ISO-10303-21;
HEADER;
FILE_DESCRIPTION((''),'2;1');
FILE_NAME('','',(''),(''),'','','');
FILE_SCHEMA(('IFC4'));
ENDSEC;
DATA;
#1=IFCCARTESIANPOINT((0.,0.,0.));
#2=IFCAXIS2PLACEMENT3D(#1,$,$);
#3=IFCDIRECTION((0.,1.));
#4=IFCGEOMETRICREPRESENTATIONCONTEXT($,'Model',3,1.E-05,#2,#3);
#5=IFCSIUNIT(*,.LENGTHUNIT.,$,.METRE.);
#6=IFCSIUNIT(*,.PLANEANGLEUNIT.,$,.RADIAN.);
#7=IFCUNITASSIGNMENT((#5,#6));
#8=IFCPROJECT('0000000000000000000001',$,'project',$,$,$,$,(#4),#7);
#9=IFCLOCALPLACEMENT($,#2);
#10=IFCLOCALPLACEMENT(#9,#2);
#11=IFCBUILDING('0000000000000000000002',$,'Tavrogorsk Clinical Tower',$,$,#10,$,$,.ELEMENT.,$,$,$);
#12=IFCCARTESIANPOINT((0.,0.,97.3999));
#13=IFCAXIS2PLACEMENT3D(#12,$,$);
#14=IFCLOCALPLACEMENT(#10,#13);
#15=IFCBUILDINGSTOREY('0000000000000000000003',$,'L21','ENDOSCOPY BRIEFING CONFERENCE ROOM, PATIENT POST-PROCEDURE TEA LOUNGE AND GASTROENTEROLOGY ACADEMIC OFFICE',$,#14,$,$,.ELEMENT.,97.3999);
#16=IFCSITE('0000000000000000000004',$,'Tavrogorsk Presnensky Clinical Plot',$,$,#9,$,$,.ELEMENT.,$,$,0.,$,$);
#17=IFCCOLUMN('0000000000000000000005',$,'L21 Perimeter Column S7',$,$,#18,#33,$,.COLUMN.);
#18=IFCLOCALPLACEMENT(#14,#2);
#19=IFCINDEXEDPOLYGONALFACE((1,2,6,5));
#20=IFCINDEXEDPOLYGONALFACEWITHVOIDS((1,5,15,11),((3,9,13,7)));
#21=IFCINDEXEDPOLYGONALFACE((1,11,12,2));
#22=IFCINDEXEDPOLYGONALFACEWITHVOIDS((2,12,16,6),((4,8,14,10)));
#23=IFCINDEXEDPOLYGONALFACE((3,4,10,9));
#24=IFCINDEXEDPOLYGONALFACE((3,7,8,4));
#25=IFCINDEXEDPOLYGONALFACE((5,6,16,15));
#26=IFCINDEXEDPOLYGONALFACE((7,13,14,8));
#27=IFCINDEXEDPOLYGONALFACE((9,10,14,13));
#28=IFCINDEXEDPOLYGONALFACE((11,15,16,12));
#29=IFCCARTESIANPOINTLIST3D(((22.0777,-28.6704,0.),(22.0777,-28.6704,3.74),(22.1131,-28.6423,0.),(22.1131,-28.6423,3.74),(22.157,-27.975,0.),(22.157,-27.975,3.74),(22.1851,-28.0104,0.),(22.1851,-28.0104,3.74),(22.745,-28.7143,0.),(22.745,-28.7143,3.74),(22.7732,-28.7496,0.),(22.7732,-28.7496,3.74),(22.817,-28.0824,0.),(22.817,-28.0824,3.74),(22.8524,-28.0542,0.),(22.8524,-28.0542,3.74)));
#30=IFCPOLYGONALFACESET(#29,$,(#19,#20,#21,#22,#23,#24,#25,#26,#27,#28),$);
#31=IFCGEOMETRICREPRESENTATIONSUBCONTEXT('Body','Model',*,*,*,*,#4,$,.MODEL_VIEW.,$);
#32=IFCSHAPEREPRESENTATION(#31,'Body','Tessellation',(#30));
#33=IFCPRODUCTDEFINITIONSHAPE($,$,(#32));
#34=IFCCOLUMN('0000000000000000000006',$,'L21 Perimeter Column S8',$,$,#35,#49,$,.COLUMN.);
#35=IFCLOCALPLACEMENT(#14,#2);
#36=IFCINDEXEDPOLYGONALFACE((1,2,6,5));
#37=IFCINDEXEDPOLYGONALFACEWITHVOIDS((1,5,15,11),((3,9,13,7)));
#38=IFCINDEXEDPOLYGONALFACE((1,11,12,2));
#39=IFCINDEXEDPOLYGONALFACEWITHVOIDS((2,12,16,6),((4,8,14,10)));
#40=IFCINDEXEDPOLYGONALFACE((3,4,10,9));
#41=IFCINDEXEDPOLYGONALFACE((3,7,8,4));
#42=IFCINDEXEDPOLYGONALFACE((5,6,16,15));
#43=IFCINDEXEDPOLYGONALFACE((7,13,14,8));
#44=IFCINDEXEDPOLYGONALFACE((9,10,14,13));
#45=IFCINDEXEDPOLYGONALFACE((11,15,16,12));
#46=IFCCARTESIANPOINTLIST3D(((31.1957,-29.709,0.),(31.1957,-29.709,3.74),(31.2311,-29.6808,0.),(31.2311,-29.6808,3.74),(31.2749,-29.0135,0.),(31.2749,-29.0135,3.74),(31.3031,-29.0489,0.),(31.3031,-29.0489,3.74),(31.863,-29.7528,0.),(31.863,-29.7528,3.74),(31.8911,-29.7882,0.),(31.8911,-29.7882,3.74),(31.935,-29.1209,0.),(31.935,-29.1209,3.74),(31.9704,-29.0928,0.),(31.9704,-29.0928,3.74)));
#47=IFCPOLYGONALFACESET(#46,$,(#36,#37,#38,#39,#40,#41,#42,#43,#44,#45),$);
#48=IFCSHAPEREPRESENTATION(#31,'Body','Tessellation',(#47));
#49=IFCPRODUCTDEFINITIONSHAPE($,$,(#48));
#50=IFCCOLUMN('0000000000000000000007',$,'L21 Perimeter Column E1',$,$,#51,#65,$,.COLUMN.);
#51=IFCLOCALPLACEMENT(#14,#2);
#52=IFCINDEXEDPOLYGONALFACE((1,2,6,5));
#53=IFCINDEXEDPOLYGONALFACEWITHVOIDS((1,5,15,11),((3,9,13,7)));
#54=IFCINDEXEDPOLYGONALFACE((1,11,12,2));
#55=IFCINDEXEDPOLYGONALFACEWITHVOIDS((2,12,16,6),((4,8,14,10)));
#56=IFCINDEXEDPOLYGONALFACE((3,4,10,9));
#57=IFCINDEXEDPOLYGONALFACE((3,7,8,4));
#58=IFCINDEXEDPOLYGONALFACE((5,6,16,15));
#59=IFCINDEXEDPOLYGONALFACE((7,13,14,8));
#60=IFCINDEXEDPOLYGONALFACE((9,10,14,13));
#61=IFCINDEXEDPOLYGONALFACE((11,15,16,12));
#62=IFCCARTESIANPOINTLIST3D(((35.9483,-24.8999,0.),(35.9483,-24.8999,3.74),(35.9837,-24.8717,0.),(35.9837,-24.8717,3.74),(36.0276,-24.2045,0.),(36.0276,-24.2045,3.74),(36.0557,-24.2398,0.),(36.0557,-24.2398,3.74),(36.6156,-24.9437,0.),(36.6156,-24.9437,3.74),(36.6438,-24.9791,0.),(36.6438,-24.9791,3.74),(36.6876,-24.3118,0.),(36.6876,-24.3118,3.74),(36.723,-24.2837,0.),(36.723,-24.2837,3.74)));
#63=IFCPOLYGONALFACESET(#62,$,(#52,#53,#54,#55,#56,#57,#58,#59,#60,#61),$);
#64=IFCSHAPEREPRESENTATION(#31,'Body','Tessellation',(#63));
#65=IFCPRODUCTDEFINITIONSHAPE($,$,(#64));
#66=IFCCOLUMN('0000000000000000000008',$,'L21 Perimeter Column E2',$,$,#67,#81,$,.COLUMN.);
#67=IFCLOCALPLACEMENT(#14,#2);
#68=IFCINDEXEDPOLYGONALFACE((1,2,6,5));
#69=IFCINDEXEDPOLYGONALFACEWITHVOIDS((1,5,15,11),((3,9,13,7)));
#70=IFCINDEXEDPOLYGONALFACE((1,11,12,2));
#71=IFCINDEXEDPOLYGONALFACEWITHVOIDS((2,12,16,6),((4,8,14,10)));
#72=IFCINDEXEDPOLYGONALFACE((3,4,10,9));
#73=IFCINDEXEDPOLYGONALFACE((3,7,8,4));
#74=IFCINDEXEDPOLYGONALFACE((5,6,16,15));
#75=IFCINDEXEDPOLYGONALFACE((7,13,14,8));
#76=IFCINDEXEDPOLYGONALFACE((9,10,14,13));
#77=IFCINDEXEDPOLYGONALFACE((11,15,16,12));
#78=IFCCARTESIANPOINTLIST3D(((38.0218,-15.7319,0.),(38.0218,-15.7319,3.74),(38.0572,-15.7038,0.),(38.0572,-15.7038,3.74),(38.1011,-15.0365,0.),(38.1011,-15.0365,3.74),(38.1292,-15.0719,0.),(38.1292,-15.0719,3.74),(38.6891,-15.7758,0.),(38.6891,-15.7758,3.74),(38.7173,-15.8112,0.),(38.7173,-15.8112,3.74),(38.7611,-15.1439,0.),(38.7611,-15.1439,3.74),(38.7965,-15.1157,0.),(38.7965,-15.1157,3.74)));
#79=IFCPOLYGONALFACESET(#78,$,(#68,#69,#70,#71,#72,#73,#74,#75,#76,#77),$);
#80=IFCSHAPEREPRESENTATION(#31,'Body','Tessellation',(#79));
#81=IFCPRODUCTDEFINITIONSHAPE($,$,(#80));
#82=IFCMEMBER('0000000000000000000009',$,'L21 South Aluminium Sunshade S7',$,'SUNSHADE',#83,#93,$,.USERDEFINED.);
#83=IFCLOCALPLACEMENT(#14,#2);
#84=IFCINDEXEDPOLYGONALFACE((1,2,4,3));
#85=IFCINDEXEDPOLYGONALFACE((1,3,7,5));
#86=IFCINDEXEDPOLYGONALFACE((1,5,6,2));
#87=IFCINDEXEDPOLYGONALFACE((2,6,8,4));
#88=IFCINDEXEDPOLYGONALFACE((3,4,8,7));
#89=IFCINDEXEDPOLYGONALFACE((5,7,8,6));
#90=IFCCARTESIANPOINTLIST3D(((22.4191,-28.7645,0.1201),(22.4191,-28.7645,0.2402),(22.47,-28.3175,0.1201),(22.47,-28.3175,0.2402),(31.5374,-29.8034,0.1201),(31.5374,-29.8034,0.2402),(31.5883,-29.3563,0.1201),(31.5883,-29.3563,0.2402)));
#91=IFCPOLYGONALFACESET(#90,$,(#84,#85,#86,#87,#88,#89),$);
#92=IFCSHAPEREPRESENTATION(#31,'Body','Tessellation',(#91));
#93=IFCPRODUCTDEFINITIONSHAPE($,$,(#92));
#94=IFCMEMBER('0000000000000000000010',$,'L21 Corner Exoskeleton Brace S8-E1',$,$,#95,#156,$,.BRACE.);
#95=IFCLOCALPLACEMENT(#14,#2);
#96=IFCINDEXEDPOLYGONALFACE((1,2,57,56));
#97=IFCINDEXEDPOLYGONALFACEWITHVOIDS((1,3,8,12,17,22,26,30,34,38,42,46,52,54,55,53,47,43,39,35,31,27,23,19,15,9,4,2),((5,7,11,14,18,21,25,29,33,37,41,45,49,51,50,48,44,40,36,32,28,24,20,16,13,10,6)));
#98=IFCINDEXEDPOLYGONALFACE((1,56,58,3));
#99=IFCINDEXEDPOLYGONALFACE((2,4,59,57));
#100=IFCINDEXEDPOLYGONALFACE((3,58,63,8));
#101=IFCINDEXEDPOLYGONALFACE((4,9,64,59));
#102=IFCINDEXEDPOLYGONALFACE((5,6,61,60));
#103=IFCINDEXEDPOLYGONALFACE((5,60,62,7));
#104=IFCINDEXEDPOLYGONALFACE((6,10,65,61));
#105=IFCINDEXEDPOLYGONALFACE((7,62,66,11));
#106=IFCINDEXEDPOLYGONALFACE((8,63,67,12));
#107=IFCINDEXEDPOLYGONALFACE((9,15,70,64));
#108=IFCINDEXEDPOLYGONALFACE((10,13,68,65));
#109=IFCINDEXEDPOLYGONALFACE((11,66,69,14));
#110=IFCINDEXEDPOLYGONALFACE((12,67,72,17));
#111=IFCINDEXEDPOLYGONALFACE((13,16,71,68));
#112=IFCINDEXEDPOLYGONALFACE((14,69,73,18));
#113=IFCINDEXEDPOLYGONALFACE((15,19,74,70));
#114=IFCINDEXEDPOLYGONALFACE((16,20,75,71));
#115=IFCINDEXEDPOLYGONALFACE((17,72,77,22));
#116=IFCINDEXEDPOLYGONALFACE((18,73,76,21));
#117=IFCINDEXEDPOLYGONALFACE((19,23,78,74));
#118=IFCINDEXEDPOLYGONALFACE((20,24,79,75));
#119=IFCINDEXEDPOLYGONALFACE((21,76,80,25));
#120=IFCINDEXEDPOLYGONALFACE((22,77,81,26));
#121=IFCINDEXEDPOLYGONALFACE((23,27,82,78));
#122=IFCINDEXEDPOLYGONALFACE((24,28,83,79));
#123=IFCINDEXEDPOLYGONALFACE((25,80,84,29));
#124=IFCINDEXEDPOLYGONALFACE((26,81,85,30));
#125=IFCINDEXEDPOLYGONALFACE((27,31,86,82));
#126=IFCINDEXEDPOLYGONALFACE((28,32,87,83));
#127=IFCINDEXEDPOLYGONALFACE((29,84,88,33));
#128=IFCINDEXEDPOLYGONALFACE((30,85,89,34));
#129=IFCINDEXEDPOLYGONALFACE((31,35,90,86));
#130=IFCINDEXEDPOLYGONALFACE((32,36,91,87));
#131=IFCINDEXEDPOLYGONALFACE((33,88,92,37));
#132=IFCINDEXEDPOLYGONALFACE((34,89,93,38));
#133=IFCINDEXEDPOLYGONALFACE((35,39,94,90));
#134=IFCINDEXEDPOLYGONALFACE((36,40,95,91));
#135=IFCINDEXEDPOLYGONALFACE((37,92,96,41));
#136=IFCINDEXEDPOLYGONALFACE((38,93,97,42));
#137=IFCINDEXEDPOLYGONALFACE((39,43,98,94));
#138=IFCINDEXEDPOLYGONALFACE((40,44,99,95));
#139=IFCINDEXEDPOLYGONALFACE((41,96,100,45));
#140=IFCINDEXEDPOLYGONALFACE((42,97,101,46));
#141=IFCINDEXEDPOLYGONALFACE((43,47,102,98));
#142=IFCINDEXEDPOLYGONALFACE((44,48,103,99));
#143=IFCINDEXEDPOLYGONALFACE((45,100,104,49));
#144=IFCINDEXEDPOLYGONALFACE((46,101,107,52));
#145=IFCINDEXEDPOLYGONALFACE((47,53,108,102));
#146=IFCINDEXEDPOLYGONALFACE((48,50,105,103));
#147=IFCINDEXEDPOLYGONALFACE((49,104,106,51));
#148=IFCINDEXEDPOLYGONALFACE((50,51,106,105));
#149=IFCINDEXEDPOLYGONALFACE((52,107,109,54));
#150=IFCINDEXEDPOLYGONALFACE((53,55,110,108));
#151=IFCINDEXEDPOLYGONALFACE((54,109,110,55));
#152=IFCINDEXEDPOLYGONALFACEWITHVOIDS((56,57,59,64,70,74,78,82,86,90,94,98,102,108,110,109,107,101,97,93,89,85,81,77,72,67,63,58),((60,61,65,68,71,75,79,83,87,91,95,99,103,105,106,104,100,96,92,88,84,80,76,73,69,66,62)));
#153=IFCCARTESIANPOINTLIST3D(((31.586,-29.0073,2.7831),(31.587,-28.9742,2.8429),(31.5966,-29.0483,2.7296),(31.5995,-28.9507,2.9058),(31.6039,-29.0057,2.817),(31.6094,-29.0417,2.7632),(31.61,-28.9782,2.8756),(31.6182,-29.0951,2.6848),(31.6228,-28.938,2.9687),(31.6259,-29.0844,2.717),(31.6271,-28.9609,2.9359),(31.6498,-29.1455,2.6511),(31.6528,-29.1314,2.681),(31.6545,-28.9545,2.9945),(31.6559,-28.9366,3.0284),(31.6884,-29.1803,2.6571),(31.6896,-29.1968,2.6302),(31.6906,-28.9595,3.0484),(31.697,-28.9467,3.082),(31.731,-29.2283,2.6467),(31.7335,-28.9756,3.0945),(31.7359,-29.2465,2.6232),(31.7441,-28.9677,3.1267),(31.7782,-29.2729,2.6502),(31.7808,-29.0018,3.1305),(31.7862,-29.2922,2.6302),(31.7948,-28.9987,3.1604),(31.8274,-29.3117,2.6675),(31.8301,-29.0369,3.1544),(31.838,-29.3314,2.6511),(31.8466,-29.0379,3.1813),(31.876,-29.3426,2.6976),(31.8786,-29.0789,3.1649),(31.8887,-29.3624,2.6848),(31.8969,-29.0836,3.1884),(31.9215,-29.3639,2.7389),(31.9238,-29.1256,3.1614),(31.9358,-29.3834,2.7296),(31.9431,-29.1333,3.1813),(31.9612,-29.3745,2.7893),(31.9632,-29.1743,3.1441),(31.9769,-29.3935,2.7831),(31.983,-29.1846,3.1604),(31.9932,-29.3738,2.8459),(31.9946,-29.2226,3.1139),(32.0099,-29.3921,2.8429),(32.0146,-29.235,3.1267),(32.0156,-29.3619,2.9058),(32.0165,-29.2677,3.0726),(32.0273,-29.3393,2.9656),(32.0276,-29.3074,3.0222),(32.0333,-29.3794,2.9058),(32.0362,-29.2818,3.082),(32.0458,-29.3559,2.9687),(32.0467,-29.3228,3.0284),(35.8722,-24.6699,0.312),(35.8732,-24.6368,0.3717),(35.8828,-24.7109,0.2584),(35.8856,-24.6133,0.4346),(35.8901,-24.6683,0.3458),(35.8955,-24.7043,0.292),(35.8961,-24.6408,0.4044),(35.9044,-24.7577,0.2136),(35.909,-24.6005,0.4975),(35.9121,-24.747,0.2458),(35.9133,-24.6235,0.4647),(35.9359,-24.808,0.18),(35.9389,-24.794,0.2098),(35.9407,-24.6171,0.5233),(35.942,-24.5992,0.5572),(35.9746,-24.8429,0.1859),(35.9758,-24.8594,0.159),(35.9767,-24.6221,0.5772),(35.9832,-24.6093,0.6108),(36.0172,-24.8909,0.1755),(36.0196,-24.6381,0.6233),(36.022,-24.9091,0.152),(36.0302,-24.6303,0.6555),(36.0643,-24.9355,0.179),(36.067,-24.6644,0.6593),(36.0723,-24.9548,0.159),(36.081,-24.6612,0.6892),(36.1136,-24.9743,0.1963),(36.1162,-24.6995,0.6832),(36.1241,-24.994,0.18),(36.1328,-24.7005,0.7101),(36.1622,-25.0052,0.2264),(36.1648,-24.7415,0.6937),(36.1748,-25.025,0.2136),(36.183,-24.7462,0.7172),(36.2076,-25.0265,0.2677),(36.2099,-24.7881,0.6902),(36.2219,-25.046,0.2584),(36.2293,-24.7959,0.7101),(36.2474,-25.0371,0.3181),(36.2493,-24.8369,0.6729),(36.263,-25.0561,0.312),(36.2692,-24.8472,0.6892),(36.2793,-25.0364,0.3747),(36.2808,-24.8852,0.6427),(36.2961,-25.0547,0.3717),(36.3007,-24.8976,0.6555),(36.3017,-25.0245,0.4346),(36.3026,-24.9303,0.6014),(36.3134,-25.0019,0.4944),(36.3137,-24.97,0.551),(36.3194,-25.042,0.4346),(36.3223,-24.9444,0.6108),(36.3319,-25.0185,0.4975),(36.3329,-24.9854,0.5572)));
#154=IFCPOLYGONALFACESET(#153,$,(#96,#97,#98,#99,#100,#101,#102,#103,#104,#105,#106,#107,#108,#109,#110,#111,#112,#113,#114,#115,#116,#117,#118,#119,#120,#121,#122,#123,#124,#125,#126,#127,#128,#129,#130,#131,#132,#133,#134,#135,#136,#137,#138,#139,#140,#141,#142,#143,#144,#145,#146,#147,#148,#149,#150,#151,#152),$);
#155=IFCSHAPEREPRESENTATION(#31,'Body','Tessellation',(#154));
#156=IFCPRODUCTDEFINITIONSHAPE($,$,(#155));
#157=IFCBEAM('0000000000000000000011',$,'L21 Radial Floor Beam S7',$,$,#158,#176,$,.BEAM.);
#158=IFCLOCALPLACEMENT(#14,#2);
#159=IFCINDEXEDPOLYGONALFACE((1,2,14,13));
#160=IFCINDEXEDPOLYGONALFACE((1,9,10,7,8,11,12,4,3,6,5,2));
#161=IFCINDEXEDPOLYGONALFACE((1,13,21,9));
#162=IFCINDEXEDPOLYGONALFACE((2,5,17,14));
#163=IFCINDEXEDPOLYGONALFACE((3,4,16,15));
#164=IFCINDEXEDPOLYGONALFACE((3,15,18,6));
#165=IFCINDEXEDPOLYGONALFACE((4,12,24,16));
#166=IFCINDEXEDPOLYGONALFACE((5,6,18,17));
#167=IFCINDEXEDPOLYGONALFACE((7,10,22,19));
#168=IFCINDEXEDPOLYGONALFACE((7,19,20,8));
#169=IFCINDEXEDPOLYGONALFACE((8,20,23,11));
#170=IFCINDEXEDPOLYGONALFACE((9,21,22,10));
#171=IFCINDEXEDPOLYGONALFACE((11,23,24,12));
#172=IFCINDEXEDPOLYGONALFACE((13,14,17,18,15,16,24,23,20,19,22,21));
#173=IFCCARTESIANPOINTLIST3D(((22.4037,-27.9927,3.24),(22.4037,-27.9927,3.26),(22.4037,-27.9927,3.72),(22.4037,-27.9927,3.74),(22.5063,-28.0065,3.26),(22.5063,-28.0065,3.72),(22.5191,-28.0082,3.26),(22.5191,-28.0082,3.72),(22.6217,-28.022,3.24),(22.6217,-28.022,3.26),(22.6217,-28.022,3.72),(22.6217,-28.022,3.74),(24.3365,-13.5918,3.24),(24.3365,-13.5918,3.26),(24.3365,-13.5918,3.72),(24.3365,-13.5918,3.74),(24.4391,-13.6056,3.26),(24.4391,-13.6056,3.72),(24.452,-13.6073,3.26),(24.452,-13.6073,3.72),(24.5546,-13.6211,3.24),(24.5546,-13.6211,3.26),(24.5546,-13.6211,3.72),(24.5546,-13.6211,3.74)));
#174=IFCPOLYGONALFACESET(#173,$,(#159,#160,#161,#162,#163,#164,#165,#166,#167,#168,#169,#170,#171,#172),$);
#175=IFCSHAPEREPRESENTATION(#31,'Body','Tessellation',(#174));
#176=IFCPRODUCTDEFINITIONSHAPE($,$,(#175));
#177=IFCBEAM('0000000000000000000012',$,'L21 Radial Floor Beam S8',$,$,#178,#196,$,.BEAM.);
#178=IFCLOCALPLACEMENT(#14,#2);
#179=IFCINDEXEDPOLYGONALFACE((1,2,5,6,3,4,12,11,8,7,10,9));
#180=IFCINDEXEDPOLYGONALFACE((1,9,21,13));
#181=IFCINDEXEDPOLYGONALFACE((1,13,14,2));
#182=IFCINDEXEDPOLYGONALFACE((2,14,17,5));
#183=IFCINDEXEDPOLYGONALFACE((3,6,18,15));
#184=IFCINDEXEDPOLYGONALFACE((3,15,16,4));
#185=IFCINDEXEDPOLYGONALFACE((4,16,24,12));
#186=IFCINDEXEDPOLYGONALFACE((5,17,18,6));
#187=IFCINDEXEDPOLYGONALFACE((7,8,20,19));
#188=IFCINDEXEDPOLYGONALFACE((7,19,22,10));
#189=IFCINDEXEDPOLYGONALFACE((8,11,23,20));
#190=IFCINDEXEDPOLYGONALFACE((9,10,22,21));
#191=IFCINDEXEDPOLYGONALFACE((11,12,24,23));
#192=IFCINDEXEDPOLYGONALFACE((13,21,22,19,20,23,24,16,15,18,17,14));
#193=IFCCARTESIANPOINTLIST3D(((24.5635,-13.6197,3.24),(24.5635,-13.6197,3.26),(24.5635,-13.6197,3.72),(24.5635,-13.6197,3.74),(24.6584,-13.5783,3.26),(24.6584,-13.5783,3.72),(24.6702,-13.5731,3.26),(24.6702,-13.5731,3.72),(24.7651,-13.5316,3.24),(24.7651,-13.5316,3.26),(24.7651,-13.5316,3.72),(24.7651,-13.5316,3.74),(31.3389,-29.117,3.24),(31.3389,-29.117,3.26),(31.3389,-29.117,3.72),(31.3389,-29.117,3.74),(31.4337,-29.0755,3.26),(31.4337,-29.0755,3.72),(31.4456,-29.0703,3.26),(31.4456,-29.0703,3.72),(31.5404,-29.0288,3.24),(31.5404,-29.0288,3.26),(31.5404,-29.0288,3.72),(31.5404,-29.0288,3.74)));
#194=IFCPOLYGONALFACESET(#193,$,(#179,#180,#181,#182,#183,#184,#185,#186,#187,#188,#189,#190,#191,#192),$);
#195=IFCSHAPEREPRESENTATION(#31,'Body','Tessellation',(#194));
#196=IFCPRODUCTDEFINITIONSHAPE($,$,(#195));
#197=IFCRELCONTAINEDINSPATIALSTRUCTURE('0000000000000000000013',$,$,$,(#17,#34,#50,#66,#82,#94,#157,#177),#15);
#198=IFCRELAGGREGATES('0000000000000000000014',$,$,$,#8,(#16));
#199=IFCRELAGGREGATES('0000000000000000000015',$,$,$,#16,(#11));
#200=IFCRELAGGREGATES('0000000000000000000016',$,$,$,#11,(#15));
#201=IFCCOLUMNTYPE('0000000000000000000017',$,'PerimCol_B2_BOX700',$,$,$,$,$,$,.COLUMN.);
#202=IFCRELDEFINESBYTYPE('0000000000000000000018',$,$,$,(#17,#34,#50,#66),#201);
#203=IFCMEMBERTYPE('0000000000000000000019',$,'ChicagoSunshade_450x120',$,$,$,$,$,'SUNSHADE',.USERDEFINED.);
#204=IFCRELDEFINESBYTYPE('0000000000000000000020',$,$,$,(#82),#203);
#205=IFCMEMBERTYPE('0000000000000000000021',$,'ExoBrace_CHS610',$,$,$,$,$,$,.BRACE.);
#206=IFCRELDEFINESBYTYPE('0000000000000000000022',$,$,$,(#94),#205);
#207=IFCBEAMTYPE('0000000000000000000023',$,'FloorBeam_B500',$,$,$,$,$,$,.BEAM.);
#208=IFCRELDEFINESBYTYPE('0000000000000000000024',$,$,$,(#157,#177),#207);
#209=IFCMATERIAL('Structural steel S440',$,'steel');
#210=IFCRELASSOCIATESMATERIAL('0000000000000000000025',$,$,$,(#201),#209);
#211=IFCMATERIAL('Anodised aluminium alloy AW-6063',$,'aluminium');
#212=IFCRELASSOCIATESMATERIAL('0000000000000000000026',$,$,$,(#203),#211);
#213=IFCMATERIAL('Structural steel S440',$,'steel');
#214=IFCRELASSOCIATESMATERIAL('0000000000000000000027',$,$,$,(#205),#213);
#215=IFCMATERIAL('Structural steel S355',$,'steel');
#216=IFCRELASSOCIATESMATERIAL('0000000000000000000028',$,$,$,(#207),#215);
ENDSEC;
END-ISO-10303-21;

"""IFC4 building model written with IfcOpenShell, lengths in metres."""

from ifc_helpers import new_model, si_unit, direction, frame, origin, origin_2d, place, context, subcontext, project, spatial, rectangle, hollow_rectangle, hollow_circle, i_section, extrude, material, material_profile, profile_set, type_object, element, save


model = new_model("IFC4")

# Units and contexts
model_context = context("Model", 3, precision=1e-05, world=origin(), true_north=direction((0.0, 1.0)))
body_context = subcontext(model_context, "Body", "Model", "MODEL_VIEW")
ifc_project = project(units=[si_unit("LENGTHUNIT", "METRE"), si_unit("PLANEANGLEUNIT", "RADIAN")], contexts=[model_context])

# Site, building, storey
site_placement = place(None, origin())
site = spatial("IfcSite", under=ifc_project, at=site_placement, Name="Tavrogorsk Presnensky Clinical Plot", CompositionType="ELEMENT", RefElevation=0.0)
building_placement = place(site_placement, origin())
building = spatial("IfcBuilding", under=site, at=building_placement, Name="Tavrogorsk Clinical Tower", CompositionType="ELEMENT")
storey_placement = place(building_placement, frame((0.0, 0.0, 97.3999)))
storey = spatial("IfcBuildingStorey", under=building, at=storey_placement, Name="L21", Description="ENDOSCOPY BRIEFING CONFERENCE ROOM, PATIENT POST-PROCEDURE TEA LOUNGE AND GASTROENTEROLOGY ACADEMIC OFFICE", CompositionType="ELEMENT", Elevation=97.3999)

# Columns
ifc_material_1 = material(Name="Structural steel S440", Category="steel")
ifc_material_profile_1 = material_profile(ifc_material_1, hollow_rectangle(XDim=0.7, YDim=0.7, WallThickness=0.032, at=origin_2d()), Name="BOX-700x700x32")
ifc_profile_set_1 = profile_set([ifc_material_profile_1], Name="Structural steel S440")
column_type = type_object("IfcColumnType", Name="PerimCol_B2_BOX700", PredefinedType="COLUMN", material=ifc_profile_set_1)
for number, where, z_axis, x_axis, name in (
    (1, (22.4651, -28.3623, 0.0), (0.0, 0.0, 1.0), (0.993572, -0.113203, 0.0), "L21 Perimeter Column S7"),
    (2, (31.583, -29.4009, 0.0), (0.0, 0.0, 1.0), (0.993572, -0.113203, 0.0), "L21 Perimeter Column S8"),
    (3, (36.3357, -24.5918, 0.0), (0.0, 0.0, 1.0), (0.993572, -0.113203, 0.0), "L21 Perimeter Column E1"),
    (4, (38.4092, -15.4238, 0.0), (0.0, 0.0, 1.0), (0.993572, -0.113203, 0.0), "L21 Perimeter Column E2"),
):
    element("IfcColumn", number, at=place(storey_placement, frame(where, z_axis=z_axis, x_axis=x_axis)), inside=storey, type_object=column_type, Name=name, PredefinedType="COLUMN", context=body_context, shape_type="SweptSolid", body=[
        extrude(hollow_rectangle(XDim=0.7, YDim=0.7, WallThickness=0.032, at=origin_2d()), origin(), (0.0, 0.0, 1.0), 3.74),
    ])

# Members
ifc_material_2 = material(Name="Anodised aluminium alloy AW-6063", Category="aluminium")
ifc_material_profile_2 = material_profile(ifc_material_2, rectangle(XDim=0.45, YDim=0.1201, at=origin_2d()), Name="ALU-SUNSHADE-450x120")
ifc_profile_set_2 = profile_set([ifc_material_profile_2], Name="Anodised aluminium alloy AW-6063")
member_type_1 = type_object("IfcMemberType", Name="ChicagoSunshade_450x120", ElementType="SUNSHADE", PredefinedType="USERDEFINED", material=ifc_profile_set_2)
member_1_placement = place(storey_placement, frame((22.4446, -28.541, 0.1802), z_axis=(0.993573, -0.113196, 0.0), x_axis=(0.113196, 0.993573, 0.0)))
element("IfcMember", 5, at=member_1_placement, inside=storey, type_object=member_type_1, Name="L21 South Aluminium Sunshade S7", ObjectType="SUNSHADE", PredefinedType="USERDEFINED", context=body_context, shape_type="SweptSolid", body=[
    extrude(rectangle(XDim=0.45, YDim=0.1201, at=origin_2d()), origin(), (0.0, 0.0, 1.0), 9.1772),
])
ifc_material_3 = material(Name="Structural steel S440", Category="steel")
ifc_material_profile_3 = material_profile(ifc_material_3, hollow_circle(Radius=0.3049, WallThickness=0.0249, at=origin_2d()), Name="CHS-610x25")
ifc_profile_set_3 = profile_set([ifc_material_profile_3], Name="Structural steel S440")
member_type_2 = type_object("IfcMemberType", Name="ExoBrace_CHS610", PredefinedType="BRACE", material=ifc_profile_set_3)
member_2_placement = place(storey_placement, frame((36.1025, -24.8276, 0.4346), z_axis=(-0.65143, -0.659222, 0.375585), x_axis=(0.711298, -0.70289, 0.0)))
element("IfcMember", 6, at=member_2_placement, inside=storey, type_object=member_type_2, Name="L21 Corner Exoskeleton Brace S8-E1", PredefinedType="BRACE", context=body_context, shape_type="SweptSolid", body=[
    extrude(hollow_circle(Radius=0.3049, WallThickness=0.0249, at=origin_2d()), origin(), (0.0, 0.0, 1.0), 6.5796),
])

# Beams
ifc_material_4 = material(Name="Structural steel S355", Category="steel")
ifc_material_profile_4 = material_profile(ifc_material_4, i_section(OverallWidth=0.22, OverallDepth=0.5, WebThickness=0.0129, FlangeThickness=0.02, at=origin_2d()), Name="B-500x220x13x20")
ifc_profile_set_4 = profile_set([ifc_material_profile_4], Name="Structural steel S355")
beam_type_1 = type_object("IfcBeamType", Name="FloorBeam_B500", PredefinedType="BEAM", material=ifc_profile_set_4)
beam_1_placement = place(storey_placement, frame((24.4456, -13.6064, 3.49), z_axis=(-0.133025, -0.991113, 0.0), x_axis=(0.991113, -0.133025, 0.0)))
element("IfcBeam", 7, at=beam_1_placement, inside=storey, type_object=beam_type_1, Name="L21 Radial Floor Beam S7", PredefinedType="BEAM", context=body_context, shape_type="SweptSolid", body=[
    extrude(i_section(OverallWidth=0.22, OverallDepth=0.5, WebThickness=0.0129, FlangeThickness=0.02, at=origin_2d()), origin(), (0.0, 0.0, 1.0), 14.53),
])
beam_2_placement = place(storey_placement, frame((24.6643, -13.5757, 3.49), z_axis=(0.400586, -0.916259, 0.0), x_axis=(0.916259, 0.400586, 0.0)))
element("IfcBeam", 8, at=beam_2_placement, inside=storey, type_object=beam_type_1, Name="L21 Radial Floor Beam S8", PredefinedType="BEAM", context=body_context, shape_type="SweptSolid", body=[
    extrude(i_section(OverallWidth=0.22, OverallDepth=0.5, WebThickness=0.0129, FlangeThickness=0.02, at=origin_2d()), origin(), (0.0, 0.0, 1.0), 16.9136),
])

save(model, "model.ifc")
